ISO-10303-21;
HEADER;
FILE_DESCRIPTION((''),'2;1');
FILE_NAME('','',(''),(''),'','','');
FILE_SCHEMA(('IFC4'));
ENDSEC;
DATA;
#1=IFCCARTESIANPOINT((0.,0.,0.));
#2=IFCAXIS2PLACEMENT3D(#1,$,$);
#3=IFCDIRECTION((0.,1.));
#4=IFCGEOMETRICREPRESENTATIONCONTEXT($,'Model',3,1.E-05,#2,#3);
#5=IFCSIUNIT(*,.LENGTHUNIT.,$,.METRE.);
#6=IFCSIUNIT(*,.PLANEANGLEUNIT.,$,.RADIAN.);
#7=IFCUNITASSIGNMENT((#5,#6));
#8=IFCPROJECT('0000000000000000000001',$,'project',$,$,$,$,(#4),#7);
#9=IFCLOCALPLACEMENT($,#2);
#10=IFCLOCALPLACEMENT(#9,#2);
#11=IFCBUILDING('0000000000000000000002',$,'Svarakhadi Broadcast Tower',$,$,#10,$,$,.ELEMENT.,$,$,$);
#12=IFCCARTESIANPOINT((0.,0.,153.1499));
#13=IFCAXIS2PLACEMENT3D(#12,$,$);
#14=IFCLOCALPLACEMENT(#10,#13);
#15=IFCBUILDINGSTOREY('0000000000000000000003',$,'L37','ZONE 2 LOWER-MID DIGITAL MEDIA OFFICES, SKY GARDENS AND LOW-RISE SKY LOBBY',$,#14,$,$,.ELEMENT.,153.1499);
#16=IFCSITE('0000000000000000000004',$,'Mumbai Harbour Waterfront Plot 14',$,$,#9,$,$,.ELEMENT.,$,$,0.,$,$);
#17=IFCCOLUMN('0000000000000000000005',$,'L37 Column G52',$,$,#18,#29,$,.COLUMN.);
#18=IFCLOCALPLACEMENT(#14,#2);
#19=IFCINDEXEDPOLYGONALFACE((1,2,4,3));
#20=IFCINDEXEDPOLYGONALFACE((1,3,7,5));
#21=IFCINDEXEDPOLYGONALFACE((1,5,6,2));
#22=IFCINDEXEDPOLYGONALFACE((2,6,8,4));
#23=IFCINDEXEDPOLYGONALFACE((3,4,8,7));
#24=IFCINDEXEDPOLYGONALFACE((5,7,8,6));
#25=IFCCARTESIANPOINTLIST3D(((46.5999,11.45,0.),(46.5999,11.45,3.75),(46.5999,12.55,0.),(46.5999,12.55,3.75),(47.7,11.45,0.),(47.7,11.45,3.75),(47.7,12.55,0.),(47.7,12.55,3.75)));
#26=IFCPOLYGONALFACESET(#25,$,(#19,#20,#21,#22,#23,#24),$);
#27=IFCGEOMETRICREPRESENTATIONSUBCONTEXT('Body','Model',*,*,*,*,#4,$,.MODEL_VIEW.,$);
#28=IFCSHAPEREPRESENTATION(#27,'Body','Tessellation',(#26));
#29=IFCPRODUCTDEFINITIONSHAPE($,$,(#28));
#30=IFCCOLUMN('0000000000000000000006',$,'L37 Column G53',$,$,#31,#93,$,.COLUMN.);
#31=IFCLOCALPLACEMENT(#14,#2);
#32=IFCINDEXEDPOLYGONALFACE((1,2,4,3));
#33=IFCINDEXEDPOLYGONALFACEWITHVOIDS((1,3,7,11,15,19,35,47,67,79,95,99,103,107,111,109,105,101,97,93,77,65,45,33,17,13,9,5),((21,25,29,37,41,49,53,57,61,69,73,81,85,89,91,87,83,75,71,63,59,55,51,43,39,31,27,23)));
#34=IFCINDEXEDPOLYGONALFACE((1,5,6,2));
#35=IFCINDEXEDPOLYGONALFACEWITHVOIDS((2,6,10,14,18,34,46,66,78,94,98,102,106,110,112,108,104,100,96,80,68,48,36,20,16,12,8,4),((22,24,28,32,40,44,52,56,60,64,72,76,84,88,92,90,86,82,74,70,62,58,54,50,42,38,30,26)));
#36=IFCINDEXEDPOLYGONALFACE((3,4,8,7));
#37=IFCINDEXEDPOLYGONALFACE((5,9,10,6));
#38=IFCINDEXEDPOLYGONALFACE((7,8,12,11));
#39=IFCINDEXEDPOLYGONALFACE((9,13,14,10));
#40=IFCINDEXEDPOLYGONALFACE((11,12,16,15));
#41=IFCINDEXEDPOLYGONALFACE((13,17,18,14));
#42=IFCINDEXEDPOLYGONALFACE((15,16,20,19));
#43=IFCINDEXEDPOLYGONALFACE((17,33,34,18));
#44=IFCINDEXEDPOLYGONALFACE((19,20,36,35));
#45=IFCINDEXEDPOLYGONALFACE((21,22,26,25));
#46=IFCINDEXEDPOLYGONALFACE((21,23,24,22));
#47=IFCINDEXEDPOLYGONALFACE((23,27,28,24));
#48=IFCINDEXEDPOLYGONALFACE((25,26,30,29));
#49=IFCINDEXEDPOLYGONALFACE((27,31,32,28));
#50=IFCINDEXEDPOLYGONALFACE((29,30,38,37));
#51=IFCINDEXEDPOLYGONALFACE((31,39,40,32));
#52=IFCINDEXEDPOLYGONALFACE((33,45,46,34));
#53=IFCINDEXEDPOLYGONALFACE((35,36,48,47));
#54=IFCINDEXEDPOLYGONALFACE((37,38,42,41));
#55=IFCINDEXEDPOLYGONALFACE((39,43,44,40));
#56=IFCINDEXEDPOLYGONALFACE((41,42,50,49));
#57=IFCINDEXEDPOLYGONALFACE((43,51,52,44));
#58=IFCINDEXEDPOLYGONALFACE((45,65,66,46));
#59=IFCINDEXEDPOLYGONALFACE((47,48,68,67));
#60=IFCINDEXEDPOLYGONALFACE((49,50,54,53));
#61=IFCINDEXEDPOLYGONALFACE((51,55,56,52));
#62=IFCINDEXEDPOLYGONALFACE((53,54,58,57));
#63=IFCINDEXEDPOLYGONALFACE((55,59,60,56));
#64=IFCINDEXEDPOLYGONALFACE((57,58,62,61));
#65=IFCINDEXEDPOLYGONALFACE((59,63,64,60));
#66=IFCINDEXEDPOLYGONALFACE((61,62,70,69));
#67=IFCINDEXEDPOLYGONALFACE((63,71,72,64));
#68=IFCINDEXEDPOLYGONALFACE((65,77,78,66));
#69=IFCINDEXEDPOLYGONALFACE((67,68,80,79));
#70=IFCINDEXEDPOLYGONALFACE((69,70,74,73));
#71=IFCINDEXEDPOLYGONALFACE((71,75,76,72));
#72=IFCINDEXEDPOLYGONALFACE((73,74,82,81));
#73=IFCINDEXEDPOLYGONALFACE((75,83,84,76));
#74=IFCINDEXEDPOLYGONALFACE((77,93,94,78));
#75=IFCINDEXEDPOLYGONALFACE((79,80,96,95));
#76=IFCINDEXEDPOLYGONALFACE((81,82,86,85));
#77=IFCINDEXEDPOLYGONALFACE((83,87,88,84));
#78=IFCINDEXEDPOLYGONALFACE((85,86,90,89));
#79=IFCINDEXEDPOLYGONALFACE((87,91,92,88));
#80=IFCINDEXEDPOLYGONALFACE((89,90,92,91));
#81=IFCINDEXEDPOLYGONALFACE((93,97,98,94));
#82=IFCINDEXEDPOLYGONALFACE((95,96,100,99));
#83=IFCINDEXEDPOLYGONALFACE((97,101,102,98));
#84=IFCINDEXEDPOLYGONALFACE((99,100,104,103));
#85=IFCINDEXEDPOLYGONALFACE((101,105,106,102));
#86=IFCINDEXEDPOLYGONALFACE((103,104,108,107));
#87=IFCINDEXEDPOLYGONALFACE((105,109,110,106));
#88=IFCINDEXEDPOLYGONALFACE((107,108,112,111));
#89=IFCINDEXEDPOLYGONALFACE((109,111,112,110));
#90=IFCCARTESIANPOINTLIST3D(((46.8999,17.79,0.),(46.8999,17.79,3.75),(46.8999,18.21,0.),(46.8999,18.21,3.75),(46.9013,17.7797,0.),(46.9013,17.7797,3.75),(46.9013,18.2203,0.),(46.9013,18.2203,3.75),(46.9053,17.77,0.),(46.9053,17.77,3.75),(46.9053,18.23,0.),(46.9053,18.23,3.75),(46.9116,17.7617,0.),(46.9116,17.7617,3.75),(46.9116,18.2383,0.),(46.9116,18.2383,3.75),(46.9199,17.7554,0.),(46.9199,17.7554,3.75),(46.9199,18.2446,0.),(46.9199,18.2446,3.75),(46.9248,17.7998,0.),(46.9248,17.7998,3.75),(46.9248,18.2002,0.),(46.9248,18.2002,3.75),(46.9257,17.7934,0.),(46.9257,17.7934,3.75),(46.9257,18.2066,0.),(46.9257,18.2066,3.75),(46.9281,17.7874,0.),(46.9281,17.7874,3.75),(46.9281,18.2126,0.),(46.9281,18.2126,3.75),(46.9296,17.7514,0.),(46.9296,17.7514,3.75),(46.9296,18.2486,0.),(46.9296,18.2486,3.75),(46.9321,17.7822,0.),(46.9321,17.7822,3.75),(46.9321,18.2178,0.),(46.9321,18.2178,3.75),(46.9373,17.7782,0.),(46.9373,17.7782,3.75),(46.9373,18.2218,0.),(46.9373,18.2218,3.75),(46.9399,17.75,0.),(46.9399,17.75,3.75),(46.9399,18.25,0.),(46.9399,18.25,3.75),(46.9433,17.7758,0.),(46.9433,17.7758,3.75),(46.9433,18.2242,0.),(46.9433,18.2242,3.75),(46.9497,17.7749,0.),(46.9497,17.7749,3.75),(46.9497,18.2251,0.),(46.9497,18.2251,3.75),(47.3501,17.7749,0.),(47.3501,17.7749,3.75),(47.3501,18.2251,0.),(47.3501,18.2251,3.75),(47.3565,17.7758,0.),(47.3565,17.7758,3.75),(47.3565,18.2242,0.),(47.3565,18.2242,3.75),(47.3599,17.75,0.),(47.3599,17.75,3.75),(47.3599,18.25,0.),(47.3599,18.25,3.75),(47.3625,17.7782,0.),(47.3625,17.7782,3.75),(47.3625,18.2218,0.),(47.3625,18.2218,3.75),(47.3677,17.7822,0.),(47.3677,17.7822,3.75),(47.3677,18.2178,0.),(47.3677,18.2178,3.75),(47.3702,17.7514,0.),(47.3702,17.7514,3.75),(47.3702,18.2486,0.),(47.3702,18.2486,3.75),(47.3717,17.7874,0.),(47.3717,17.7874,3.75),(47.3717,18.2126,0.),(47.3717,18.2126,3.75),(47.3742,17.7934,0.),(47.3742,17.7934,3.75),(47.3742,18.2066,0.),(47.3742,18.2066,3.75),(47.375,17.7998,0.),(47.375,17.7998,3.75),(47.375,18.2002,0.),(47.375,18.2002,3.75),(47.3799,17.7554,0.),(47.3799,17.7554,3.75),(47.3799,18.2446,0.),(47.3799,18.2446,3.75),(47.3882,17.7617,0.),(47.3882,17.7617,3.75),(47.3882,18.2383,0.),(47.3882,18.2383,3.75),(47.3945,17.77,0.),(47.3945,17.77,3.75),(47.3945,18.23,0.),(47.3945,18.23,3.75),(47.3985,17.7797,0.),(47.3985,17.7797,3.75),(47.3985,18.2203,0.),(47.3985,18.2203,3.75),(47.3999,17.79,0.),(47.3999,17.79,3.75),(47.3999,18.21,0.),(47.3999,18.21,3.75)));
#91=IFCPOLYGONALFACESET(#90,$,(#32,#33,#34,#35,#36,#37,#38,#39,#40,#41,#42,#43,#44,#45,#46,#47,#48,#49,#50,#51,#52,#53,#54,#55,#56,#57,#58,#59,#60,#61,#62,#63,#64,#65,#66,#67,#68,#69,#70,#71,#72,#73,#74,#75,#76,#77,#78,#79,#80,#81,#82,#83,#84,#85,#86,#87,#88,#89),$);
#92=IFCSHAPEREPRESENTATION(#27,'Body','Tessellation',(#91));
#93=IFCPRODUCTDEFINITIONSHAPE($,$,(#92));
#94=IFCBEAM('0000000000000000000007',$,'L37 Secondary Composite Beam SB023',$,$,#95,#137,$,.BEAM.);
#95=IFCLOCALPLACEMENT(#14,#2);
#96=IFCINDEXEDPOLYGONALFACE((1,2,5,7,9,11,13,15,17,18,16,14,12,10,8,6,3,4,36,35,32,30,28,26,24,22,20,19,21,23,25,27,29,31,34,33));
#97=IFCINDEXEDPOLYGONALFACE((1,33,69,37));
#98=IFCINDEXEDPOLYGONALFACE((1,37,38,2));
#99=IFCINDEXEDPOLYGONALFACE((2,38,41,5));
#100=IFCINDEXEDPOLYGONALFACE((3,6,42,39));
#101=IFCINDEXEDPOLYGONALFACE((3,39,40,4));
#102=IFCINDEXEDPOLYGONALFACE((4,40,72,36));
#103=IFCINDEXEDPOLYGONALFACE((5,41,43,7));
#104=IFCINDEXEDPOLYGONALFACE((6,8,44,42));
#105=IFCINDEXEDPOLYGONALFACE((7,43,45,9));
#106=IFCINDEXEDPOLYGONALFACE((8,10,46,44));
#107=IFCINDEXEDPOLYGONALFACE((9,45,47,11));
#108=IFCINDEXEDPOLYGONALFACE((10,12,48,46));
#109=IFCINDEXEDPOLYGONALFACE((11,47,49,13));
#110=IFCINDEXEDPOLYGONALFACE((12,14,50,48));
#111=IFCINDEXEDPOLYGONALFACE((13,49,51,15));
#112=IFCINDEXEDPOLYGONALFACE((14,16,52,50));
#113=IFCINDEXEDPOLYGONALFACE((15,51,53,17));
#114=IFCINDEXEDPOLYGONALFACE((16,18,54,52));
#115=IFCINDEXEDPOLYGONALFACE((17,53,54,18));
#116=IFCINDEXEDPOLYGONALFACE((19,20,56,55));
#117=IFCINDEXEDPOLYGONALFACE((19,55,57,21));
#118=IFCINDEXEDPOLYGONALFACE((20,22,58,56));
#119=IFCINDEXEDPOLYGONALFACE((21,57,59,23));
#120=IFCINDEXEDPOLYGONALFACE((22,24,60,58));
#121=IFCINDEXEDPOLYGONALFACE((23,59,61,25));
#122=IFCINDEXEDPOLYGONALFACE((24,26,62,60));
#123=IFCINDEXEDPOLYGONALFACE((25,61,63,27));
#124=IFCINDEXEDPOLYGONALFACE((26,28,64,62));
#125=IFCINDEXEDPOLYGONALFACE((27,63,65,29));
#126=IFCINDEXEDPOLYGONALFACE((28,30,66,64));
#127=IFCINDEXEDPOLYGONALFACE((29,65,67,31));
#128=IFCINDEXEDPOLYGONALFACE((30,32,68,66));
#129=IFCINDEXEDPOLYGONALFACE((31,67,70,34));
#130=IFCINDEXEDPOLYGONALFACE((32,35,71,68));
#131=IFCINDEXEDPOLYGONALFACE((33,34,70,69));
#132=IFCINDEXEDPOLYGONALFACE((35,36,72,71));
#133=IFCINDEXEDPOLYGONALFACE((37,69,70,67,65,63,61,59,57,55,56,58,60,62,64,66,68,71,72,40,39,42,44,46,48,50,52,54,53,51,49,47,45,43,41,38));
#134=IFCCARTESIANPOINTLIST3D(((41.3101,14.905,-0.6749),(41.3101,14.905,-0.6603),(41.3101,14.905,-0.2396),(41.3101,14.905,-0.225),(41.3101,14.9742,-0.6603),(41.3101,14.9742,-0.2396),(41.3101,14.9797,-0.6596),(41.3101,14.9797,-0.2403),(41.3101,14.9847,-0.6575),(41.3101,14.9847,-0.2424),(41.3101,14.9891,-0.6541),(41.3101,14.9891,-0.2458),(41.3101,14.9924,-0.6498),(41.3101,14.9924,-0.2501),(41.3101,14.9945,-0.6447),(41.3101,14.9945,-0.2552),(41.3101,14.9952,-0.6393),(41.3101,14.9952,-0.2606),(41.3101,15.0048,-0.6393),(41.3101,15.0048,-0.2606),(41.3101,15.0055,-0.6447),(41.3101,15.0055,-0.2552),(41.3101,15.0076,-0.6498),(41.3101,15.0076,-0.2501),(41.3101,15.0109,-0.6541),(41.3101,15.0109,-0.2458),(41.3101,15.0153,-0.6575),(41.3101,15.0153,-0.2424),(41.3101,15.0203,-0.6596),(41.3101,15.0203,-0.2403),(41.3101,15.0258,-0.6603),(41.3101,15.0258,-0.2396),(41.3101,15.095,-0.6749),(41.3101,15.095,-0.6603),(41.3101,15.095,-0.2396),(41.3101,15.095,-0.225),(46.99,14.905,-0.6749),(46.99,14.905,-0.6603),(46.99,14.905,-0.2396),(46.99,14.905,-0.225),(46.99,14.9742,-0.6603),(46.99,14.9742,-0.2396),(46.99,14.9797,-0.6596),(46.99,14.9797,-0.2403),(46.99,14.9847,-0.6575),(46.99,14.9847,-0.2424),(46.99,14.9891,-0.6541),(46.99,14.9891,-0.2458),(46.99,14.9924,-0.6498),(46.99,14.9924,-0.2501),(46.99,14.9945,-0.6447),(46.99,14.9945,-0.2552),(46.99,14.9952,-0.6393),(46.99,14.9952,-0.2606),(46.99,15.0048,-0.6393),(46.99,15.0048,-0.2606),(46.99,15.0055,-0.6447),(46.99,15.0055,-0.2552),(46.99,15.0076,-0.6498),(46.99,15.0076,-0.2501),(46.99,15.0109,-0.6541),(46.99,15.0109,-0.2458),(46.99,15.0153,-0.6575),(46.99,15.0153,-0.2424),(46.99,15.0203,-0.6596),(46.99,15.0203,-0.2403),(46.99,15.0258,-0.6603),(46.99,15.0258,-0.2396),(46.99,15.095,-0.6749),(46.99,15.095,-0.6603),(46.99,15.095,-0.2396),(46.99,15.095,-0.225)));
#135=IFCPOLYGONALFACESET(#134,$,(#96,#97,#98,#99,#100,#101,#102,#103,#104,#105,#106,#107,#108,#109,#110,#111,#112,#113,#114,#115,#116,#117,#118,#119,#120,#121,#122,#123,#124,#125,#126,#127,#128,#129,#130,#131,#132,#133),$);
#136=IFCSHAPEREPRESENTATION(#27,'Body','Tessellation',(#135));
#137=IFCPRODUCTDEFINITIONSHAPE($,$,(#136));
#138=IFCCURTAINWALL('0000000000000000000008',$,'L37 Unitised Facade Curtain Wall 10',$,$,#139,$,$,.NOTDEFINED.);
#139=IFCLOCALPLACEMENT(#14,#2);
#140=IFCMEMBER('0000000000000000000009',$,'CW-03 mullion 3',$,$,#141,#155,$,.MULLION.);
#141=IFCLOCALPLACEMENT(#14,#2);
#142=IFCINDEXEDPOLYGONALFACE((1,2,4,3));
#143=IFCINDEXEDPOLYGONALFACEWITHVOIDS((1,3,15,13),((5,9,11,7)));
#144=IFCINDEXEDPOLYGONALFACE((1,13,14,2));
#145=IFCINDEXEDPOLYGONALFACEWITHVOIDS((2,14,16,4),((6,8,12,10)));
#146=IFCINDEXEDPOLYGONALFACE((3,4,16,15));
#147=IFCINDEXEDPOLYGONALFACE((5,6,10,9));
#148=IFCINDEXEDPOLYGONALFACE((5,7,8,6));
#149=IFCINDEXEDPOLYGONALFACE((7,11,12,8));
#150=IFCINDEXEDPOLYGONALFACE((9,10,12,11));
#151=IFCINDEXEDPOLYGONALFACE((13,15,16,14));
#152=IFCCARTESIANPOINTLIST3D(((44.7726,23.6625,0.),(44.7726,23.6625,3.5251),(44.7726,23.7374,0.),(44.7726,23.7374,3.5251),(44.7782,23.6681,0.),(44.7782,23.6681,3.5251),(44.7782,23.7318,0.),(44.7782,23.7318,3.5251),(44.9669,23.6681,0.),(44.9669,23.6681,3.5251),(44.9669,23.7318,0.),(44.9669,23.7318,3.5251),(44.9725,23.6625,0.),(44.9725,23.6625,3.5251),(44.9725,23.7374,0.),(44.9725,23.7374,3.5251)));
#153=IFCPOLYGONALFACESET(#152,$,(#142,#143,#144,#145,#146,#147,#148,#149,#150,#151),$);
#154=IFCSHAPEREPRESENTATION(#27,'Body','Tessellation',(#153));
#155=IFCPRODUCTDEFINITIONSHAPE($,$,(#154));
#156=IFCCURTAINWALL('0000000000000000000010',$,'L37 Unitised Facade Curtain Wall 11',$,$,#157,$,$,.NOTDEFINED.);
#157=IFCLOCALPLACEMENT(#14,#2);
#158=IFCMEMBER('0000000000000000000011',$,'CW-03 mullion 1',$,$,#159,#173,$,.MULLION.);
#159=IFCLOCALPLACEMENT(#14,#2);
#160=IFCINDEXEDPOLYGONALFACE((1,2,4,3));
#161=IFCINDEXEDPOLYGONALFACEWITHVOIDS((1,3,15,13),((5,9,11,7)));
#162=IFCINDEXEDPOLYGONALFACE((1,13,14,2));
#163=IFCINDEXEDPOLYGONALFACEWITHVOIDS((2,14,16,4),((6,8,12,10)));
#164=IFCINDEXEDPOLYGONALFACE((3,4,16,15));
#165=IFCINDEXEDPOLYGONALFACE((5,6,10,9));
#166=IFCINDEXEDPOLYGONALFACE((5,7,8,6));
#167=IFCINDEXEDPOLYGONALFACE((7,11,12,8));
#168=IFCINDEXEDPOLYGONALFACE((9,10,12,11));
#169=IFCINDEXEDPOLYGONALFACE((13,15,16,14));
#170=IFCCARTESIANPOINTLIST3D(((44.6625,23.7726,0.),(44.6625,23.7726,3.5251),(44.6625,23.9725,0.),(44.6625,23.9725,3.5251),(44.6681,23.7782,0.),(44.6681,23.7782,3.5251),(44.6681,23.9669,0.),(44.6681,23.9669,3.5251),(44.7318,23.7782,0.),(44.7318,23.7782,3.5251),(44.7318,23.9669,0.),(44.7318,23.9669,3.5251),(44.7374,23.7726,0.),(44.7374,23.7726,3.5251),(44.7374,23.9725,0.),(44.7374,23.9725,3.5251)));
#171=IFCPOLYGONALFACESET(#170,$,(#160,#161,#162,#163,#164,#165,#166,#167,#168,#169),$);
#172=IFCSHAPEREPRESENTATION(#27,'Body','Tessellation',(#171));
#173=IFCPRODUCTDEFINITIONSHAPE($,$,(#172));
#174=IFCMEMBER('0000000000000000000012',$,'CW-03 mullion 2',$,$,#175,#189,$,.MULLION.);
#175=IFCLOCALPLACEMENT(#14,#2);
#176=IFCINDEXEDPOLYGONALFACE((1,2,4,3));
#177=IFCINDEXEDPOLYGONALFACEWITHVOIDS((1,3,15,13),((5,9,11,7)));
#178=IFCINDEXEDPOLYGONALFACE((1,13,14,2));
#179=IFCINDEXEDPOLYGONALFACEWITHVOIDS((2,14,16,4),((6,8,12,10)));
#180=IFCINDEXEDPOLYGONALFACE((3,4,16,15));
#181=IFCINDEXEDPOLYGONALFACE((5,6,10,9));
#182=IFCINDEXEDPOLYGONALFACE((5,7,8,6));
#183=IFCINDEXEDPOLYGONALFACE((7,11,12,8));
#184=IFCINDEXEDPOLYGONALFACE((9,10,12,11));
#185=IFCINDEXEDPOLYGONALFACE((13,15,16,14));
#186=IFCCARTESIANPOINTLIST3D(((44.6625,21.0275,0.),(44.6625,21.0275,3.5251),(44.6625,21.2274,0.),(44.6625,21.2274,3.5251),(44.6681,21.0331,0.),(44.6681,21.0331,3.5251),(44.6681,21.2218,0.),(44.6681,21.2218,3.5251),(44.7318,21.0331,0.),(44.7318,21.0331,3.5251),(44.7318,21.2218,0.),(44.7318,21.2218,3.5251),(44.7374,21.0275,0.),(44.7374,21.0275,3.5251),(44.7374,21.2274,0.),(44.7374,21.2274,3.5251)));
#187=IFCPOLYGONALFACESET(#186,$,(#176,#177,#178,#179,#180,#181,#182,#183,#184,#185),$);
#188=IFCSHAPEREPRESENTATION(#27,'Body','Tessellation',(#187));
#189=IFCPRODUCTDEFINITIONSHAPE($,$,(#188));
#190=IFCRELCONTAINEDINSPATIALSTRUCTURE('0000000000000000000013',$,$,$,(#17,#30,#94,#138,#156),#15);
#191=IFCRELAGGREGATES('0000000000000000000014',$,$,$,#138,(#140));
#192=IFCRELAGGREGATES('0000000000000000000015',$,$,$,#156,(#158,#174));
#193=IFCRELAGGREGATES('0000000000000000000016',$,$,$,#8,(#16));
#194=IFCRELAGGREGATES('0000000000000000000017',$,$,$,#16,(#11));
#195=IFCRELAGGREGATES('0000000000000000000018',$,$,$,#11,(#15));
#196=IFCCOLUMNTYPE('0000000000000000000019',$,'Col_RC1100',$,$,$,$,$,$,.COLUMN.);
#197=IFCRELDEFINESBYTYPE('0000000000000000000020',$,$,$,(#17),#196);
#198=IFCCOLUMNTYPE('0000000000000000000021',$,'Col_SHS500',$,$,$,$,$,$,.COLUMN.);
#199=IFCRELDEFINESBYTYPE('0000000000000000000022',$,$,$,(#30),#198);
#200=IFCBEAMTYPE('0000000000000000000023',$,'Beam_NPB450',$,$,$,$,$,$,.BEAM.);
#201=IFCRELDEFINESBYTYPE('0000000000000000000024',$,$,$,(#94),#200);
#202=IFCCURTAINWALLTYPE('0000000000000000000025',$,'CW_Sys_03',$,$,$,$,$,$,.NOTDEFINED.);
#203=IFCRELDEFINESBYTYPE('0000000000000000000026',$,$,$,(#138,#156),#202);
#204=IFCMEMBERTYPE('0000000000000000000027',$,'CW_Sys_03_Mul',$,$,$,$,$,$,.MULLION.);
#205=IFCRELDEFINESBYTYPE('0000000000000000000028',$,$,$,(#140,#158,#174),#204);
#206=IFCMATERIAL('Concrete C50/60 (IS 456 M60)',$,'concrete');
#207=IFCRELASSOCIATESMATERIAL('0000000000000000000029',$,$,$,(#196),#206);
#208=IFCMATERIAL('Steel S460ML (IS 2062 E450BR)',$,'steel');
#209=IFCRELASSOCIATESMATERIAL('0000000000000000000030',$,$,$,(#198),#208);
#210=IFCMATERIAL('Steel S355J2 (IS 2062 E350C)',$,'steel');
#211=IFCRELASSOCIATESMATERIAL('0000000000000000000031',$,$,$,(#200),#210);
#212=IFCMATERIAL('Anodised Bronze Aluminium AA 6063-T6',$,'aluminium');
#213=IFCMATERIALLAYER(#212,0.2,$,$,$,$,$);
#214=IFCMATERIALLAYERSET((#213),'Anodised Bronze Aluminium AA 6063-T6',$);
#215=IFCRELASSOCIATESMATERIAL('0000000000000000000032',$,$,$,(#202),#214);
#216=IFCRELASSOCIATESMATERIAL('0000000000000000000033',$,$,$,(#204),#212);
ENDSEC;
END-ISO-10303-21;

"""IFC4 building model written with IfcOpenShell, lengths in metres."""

from ifc_helpers import new_model, si_unit, direction, frame, origin, origin_2d, place, context, subcontext, project, spatial, rectangle, hollow_rectangle, i_section, extrude, material, layer, layer_set, material_profile, profile_set, type_object, element, aggregate, save


model = new_model("IFC4")

# Units and contexts
model_context = context("Model", 3, precision=1e-05, world=origin(), true_north=direction((0.0, 1.0)))
body_context = subcontext(model_context, "Body", "Model", "MODEL_VIEW")
ifc_project = project(units=[si_unit("LENGTHUNIT", "METRE"), si_unit("PLANEANGLEUNIT", "RADIAN")], contexts=[model_context])

# Site, building, storey
site_placement = place(None, origin())
site = spatial("IfcSite", under=ifc_project, at=site_placement, Name="Mumbai Harbour Waterfront Plot 14", CompositionType="ELEMENT", RefElevation=0.0)
building_placement = place(site_placement, origin())
building = spatial("IfcBuilding", under=site, at=building_placement, Name="Svarakhadi Broadcast Tower", CompositionType="ELEMENT")
storey_placement = place(building_placement, frame((0.0, 0.0, 153.1499)))
storey = spatial("IfcBuildingStorey", under=building, at=storey_placement, Name="L37", Description="ZONE 2 LOWER-MID DIGITAL MEDIA OFFICES, SKY GARDENS AND LOW-RISE SKY LOBBY", CompositionType="ELEMENT", Elevation=153.1499)

# Columns
ifc_material_1 = material(Name="Concrete C50/60 (IS 456 M60)", Category="concrete")
ifc_material_profile_1 = material_profile(ifc_material_1, rectangle(XDim=1.1001, YDim=1.1001, at=origin_2d()), Name="RC 1100x1100")
ifc_profile_set_1 = profile_set([ifc_material_profile_1], Name="Concrete C50/60 (IS 456 M60)")
column_type_1 = type_object("IfcColumnType", Name="Col_RC1100", PredefinedType="COLUMN", material=ifc_profile_set_1)
column_1_placement = place(storey_placement, frame((47.1499, 12.0, 0.0), z_axis=(0.0, 0.0, 1.0), x_axis=(1.0, 0.0, 0.0)))
element("IfcColumn", 1, at=column_1_placement, inside=storey, type_object=column_type_1, Name="L37 Column G52", PredefinedType="COLUMN", context=body_context, shape_type="SweptSolid", body=[
    extrude(rectangle(XDim=1.1001, YDim=1.1001, at=origin_2d()), origin(), (0.0, 0.0, 1.0), 3.75),
])
ifc_material_2 = material(Name="Steel S460ML (IS 2062 E450BR)", Category="steel")
ifc_material_profile_2 = material_profile(ifc_material_2, hollow_rectangle(XDim=0.5, YDim=0.5, WallThickness=0.0249, InnerFilletRadius=0.0249, OuterFilletRadius=0.04, at=origin_2d()), Name="SHS 500x500x25")
ifc_profile_set_2 = profile_set([ifc_material_profile_2], Name="Steel S460ML (IS 2062 E450BR)")
column_type_2 = type_object("IfcColumnType", Name="Col_SHS500", PredefinedType="COLUMN", material=ifc_profile_set_2)
column_2_placement = place(storey_placement, frame((47.1499, 18.0, 0.0), z_axis=(0.0, 0.0, 1.0), x_axis=(1.0, 0.0, 0.0)))
element("IfcColumn", 2, at=column_2_placement, inside=storey, type_object=column_type_2, Name="L37 Column G53", PredefinedType="COLUMN", context=body_context, shape_type="SweptSolid", body=[
    extrude(hollow_rectangle(XDim=0.5, YDim=0.5, WallThickness=0.0249, InnerFilletRadius=0.0249, OuterFilletRadius=0.04, at=origin_2d()), origin(), (0.0, 0.0, 1.0), 3.75),
])

# Beam
ifc_material_3 = material(Name="Steel S355J2 (IS 2062 E350C)", Category="steel")
ifc_material_profile_3 = material_profile(ifc_material_3, i_section(OverallWidth=0.1899, OverallDepth=0.45, WebThickness=0.0095, FlangeThickness=0.0146, FilletRadius=0.021, at=origin_2d()), Name="NPB 450x190x78")
ifc_profile_set_3 = profile_set([ifc_material_profile_3], Name="Steel S355J2 (IS 2062 E350C)")
beam_type_1 = type_object("IfcBeamType", Name="Beam_NPB450", PredefinedType="BEAM", material=ifc_profile_set_3)
beam_1_placement = place(storey_placement, frame((41.3101, 15.0, -0.45), z_axis=(1.0, 0.0, 0.0), x_axis=(0.0, 1.0, 0.0)))
element("IfcBeam", 3, at=beam_1_placement, inside=storey, type_object=beam_type_1, Name="L37 Secondary Composite Beam SB023", PredefinedType="BEAM", context=body_context, shape_type="SweptSolid", body=[
    extrude(i_section(OverallWidth=0.1899, OverallDepth=0.45, WebThickness=0.0095, FlangeThickness=0.0146, FilletRadius=0.021, at=origin_2d()), origin(), (0.0, 0.0, 1.0), 5.6799),
])

# Curtain wall, member
ifc_material_4 = material(Name="Anodised Bronze Aluminium AA 6063-T6", Category="aluminium")
ifc_layer_1 = layer(ifc_material_4, 0.2)
ifc_layer_set_1 = layer_set([ifc_layer_1], Name="Anodised Bronze Aluminium AA 6063-T6")
curtain_wall_type = type_object("IfcCurtainWallType", Name="CW_Sys_03", PredefinedType="NOTDEFINED", material=ifc_layer_set_1)
curtain_wall_1_placement = place(storey_placement, origin())
curtain_wall_1 = element("IfcCurtainWall", 4, at=curtain_wall_1_placement, inside=storey, type_object=curtain_wall_type, Name="L37 Unitised Facade Curtain Wall 10", PredefinedType="NOTDEFINED")
ifc_material_profile_4 = material_profile(ifc_material_4, hollow_rectangle(XDim=0.075, YDim=0.2, WallThickness=0.0056, at=origin_2d()), Name="ALU MULLION 200x75x6")
ifc_profile_set_4 = profile_set([ifc_material_profile_4], Name="Anodised Bronze Aluminium AA 6063-T6")
member_type_1 = type_object("IfcMemberType", Name="CW_Sys_03_Mul", PredefinedType="MULLION", material=ifc_profile_set_4)
member_1_placement = place(storey_placement, frame((44.8726, 23.7, 0.0), z_axis=(0.0, 0.0, 1.0), x_axis=(0.0, 1.0, 0.0)))
member_1 = element("IfcMember", 5, at=member_1_placement, type_object=member_type_1, Name="CW-03 mullion 3", PredefinedType="MULLION", context=body_context, shape_type="SweptSolid", body=[
    extrude(hollow_rectangle(XDim=0.075, YDim=0.2, WallThickness=0.0056, at=origin_2d()), origin(), (0.0, 0.0, 1.0), 3.5251),
])
aggregate(curtain_wall_1, [member_1])

# Curtain wall, members
curtain_wall_2_placement = place(storey_placement, origin())
curtain_wall_2 = element("IfcCurtainWall", 6, at=curtain_wall_2_placement, inside=storey, type_object=curtain_wall_type, Name="L37 Unitised Facade Curtain Wall 11", PredefinedType="NOTDEFINED")
member_2_placement = place(storey_placement, frame((44.7, 23.8726, 0.0), z_axis=(0.0, 0.0, 1.0), x_axis=(1.0, 0.0, 0.0)))
member_2 = element("IfcMember", 7, at=member_2_placement, type_object=member_type_1, Name="CW-03 mullion 1", PredefinedType="MULLION", context=body_context, shape_type="SweptSolid", body=[
    extrude(hollow_rectangle(XDim=0.075, YDim=0.2, WallThickness=0.0056, at=origin_2d()), origin(), (0.0, 0.0, 1.0), 3.5251),
])
member_3_placement = place(storey_placement, frame((44.7, 21.1274, 0.0), z_axis=(0.0, 0.0, 1.0), x_axis=(1.0, 0.0, 0.0)))
member_3 = element("IfcMember", 8, at=member_3_placement, type_object=member_type_1, Name="CW-03 mullion 2", PredefinedType="MULLION", context=body_context, shape_type="SweptSolid", body=[
    extrude(hollow_rectangle(XDim=0.075, YDim=0.2, WallThickness=0.0056, at=origin_2d()), origin(), (0.0, 0.0, 1.0), 3.5251),
])

aggregate(curtain_wall_2, [member_2, member_3])

save(model, "model.ifc")
